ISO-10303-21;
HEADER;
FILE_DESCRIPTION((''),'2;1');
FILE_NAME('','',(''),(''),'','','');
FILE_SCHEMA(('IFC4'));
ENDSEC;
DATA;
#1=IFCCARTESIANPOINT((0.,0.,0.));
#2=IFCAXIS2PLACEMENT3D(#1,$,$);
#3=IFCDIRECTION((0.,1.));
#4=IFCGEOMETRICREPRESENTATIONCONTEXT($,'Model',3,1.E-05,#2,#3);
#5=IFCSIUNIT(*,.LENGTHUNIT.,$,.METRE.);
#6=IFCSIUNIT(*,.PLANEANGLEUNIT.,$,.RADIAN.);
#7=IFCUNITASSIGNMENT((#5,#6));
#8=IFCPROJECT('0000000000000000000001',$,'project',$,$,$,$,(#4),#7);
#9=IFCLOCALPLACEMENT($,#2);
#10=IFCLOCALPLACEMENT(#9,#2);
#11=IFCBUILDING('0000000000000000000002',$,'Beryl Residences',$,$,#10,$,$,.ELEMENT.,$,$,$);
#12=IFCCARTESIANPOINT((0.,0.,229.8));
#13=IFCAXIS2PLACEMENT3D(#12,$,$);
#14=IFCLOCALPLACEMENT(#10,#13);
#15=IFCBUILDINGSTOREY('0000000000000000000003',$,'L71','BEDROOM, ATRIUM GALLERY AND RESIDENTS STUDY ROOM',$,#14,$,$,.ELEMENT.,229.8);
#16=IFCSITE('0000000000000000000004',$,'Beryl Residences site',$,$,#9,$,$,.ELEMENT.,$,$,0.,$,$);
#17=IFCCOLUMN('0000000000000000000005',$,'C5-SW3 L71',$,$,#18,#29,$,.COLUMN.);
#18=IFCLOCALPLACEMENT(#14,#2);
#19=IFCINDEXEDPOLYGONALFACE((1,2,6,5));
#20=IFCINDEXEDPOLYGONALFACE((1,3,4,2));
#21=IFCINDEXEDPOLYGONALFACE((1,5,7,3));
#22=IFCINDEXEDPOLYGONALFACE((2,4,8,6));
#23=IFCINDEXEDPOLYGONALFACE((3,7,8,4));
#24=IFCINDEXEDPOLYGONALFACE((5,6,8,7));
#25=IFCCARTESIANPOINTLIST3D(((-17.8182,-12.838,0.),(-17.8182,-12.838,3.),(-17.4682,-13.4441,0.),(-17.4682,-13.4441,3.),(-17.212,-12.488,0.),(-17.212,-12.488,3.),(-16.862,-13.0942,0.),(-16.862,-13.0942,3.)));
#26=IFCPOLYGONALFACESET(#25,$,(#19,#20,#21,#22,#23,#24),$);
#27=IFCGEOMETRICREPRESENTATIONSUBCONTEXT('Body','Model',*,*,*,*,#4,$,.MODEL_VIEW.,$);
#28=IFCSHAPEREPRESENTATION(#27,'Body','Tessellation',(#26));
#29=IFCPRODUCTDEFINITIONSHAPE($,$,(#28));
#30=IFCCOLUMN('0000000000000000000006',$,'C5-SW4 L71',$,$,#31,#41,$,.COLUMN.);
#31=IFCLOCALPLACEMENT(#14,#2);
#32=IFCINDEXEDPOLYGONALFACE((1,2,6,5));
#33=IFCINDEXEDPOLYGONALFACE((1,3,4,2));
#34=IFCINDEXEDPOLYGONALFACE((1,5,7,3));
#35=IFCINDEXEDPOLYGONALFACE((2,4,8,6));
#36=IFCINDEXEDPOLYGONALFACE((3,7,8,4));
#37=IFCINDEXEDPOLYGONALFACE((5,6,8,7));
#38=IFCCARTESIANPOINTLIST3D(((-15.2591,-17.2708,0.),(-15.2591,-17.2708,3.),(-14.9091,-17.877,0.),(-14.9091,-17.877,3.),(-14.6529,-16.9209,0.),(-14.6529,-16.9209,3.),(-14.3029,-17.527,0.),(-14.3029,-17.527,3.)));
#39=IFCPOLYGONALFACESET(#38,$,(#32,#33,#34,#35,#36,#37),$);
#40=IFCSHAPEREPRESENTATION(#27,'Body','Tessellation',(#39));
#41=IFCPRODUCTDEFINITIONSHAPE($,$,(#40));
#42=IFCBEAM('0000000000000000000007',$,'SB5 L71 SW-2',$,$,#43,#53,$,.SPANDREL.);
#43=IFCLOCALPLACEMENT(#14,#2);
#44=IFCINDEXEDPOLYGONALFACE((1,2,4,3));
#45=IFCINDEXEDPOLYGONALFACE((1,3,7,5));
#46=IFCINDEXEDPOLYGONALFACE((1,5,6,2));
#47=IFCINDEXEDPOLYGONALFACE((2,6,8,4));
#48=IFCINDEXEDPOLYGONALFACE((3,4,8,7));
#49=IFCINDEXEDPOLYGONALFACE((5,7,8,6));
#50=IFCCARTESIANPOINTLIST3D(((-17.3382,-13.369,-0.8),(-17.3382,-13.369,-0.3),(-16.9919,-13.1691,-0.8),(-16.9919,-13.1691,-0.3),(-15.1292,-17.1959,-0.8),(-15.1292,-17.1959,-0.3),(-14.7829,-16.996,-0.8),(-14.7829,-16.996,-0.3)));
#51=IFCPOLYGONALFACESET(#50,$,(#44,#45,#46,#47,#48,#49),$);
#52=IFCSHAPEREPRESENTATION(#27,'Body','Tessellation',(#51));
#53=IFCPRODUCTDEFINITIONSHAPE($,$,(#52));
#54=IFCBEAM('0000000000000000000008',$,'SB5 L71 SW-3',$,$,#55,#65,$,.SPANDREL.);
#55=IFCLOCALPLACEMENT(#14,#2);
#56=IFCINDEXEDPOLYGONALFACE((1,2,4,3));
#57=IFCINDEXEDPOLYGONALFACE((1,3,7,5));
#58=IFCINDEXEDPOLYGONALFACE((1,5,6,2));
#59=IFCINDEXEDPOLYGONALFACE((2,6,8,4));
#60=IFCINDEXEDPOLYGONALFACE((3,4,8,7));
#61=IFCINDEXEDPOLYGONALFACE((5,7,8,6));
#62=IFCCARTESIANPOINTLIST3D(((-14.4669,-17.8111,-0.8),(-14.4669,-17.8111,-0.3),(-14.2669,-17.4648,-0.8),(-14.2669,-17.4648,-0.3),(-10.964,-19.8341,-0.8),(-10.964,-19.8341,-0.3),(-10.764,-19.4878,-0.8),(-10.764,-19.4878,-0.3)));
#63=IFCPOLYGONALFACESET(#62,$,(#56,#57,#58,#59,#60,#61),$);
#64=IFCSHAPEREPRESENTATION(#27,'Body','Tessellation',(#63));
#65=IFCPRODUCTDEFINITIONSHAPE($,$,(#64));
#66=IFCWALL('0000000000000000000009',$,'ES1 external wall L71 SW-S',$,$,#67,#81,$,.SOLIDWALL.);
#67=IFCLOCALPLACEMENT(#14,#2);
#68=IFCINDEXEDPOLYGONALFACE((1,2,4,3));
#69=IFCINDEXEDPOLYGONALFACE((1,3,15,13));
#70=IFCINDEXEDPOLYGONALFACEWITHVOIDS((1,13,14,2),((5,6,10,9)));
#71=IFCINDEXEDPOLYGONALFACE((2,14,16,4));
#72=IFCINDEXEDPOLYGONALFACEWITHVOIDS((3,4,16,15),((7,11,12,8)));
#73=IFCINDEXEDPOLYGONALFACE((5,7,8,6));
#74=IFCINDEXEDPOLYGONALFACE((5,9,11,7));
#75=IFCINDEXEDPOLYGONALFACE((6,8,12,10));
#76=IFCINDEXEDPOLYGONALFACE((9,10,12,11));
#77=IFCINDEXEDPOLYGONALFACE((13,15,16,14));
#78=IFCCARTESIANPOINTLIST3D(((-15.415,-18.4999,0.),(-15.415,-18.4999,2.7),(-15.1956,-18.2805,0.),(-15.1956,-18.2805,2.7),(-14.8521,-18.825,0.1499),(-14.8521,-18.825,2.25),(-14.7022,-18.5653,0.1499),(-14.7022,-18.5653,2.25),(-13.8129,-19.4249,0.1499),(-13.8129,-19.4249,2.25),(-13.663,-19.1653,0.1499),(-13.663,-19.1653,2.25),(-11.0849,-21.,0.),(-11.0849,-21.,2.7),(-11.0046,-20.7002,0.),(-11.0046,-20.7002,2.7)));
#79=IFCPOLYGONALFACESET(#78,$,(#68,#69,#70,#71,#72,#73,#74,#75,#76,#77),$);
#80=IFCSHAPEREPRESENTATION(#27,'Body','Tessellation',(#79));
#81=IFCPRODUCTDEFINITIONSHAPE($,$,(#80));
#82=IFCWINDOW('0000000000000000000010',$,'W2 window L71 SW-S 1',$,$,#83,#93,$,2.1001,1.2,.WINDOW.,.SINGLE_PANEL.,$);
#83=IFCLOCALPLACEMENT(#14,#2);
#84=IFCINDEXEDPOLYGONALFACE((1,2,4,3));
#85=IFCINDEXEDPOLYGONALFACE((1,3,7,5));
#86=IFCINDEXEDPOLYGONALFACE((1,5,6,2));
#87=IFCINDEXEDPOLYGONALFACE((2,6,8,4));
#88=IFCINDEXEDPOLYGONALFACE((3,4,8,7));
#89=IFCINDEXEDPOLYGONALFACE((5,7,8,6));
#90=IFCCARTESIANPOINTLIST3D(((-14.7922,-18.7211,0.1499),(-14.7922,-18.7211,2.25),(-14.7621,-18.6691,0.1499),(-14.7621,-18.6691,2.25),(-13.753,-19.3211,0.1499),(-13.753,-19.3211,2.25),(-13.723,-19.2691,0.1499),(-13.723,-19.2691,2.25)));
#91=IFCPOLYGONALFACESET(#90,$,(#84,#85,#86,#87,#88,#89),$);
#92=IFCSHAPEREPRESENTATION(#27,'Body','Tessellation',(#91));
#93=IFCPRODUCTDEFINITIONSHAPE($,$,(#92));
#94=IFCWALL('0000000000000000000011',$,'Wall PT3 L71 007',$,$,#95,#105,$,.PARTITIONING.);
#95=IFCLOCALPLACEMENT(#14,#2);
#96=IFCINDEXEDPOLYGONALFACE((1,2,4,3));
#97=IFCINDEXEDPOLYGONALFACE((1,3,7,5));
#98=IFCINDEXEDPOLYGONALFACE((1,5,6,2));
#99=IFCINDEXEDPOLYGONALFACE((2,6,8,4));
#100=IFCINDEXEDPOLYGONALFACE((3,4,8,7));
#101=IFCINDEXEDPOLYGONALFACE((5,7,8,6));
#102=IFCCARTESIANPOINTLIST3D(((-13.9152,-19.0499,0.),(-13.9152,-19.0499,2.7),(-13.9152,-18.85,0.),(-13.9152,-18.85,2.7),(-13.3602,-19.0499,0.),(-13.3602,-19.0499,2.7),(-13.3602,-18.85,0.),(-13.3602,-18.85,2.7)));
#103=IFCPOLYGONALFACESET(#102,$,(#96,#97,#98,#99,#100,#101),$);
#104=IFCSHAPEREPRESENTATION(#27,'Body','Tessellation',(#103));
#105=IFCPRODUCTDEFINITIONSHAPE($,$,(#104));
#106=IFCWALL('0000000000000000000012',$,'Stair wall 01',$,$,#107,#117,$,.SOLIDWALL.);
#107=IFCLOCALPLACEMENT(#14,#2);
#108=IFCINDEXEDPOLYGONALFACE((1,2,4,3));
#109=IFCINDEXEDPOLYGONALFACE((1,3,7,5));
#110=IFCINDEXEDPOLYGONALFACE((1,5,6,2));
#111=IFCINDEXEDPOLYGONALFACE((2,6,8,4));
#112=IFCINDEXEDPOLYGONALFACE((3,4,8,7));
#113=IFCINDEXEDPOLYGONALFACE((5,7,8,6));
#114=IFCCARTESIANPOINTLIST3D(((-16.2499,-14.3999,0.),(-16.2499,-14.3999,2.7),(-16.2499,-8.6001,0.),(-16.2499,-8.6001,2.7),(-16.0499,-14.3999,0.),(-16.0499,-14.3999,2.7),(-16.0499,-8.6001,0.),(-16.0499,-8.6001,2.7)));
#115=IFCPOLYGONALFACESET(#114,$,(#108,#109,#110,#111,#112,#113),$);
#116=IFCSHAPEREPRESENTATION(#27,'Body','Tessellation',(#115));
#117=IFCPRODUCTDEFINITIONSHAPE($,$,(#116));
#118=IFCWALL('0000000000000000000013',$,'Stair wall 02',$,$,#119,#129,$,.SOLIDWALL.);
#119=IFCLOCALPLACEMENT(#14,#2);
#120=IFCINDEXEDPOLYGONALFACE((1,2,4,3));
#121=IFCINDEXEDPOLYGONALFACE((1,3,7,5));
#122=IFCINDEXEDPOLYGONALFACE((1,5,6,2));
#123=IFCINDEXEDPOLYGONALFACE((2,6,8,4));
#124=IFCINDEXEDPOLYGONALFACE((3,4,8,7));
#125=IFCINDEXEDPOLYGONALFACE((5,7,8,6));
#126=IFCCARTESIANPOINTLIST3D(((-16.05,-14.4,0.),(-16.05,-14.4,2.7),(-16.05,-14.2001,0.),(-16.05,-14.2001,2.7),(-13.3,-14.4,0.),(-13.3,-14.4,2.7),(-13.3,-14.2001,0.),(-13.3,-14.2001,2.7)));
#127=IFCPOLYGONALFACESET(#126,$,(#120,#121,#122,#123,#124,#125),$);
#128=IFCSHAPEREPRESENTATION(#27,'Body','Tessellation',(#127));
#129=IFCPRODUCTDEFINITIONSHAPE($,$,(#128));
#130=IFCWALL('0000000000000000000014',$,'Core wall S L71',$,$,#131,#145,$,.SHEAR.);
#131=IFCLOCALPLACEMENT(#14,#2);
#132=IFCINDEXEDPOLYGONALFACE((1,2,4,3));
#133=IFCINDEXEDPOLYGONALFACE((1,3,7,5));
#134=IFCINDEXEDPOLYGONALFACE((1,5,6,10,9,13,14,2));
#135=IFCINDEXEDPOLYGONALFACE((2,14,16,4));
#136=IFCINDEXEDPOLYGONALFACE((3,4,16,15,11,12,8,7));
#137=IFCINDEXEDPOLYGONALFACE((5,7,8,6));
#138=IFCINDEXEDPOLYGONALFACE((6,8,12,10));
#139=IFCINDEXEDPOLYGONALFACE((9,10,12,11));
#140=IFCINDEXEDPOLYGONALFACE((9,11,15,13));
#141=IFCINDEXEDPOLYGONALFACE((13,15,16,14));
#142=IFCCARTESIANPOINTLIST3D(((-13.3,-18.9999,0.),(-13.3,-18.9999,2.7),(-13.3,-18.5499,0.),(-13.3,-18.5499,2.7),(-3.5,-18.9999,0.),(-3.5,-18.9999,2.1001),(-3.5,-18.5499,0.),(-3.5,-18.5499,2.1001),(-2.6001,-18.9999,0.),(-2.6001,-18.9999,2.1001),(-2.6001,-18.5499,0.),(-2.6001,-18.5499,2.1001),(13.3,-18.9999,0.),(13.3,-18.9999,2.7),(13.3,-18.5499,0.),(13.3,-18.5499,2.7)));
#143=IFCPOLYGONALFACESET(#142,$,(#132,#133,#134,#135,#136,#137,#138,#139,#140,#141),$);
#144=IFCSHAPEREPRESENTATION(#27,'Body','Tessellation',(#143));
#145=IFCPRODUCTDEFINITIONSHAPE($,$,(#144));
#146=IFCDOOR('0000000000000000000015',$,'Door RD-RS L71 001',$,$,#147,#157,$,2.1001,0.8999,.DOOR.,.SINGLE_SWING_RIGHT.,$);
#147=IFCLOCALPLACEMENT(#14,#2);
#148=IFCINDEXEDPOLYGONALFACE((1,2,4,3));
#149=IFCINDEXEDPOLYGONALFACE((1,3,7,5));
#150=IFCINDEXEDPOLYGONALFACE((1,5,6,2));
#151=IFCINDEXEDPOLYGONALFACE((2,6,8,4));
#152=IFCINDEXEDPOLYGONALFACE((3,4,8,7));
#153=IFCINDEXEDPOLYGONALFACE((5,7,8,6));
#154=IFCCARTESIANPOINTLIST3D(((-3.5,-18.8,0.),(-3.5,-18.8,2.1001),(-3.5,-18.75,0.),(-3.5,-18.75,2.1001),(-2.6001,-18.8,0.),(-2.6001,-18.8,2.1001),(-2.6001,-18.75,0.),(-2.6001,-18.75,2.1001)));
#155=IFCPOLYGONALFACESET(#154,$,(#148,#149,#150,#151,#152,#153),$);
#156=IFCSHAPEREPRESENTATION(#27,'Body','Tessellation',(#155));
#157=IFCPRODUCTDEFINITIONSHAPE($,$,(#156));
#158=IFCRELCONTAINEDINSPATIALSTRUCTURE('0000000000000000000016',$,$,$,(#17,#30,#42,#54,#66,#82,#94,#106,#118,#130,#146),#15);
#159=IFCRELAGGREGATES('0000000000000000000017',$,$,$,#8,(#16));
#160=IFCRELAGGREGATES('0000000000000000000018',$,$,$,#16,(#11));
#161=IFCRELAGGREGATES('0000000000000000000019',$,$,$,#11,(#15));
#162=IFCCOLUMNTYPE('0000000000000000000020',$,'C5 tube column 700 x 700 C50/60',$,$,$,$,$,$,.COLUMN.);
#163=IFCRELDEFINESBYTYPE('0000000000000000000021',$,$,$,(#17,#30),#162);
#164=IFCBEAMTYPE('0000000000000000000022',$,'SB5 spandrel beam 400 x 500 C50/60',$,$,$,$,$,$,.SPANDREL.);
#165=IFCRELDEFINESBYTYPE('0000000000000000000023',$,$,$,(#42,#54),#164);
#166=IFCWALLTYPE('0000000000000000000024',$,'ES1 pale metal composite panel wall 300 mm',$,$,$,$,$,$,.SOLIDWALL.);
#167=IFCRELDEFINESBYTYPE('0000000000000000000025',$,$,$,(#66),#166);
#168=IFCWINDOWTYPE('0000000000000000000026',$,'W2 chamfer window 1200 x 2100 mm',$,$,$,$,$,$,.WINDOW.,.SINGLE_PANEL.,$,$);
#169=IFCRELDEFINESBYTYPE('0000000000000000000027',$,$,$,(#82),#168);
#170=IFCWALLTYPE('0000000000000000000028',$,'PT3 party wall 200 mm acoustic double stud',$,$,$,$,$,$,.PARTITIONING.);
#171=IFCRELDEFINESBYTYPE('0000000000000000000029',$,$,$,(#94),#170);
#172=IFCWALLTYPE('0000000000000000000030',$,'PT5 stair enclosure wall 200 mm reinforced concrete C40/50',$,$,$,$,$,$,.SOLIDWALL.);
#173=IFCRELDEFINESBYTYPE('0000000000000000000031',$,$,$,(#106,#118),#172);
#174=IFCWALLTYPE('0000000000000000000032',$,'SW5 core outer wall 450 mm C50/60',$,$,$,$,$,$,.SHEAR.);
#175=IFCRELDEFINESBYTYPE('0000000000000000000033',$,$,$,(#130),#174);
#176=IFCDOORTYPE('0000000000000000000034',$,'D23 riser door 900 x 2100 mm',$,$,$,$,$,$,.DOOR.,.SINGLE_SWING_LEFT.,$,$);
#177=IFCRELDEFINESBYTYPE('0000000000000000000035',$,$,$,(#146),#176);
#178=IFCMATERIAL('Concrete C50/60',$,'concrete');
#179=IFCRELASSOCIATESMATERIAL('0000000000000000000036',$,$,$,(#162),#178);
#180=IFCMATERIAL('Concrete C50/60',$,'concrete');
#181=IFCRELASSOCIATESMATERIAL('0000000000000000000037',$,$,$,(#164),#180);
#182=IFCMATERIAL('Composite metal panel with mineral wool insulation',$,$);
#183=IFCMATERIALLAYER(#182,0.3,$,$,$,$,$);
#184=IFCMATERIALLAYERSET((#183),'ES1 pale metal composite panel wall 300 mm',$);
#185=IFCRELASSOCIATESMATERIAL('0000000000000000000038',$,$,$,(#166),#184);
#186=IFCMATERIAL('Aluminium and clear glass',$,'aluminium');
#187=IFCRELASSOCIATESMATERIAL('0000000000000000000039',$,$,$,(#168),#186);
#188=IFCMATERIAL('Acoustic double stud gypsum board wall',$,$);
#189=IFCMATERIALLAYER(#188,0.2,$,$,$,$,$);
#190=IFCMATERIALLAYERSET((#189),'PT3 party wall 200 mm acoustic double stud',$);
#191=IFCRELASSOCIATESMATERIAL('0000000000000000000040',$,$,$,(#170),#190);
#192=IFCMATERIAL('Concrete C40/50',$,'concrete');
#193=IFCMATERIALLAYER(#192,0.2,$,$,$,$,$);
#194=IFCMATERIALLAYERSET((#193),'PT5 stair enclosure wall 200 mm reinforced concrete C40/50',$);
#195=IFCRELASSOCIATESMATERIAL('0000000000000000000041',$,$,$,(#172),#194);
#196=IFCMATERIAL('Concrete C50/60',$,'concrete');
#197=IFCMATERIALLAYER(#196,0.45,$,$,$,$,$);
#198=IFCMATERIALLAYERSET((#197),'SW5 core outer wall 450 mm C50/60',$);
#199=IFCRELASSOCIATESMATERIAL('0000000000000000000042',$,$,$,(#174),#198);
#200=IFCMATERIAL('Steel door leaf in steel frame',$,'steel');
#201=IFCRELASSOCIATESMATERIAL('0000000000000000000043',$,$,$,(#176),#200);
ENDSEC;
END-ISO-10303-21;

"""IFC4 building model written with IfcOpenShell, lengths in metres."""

from ifc_helpers import new_model, si_unit, direction, frame, frame_2d, origin, origin_2d, place, context, subcontext, project, spatial, polyline, rectangle, outline, extrude, material, layer, layer_set, material_profile, profile_set, type_object, element, fill, save


model = new_model("IFC4")

# Units and contexts
model_context = context("Model", 3, precision=1e-05, world=origin(), true_north=direction((0.0, 1.0)))
body_context = subcontext(model_context, "Body", "Model", "MODEL_VIEW")
ifc_project = project(units=[si_unit("LENGTHUNIT", "METRE"), si_unit("PLANEANGLEUNIT", "RADIAN")], contexts=[model_context])

# Site, building, storey
site_placement = place(None, origin())
site = spatial("IfcSite", under=ifc_project, at=site_placement, Name="Beryl Residences site", CompositionType="ELEMENT", RefElevation=0.0)
building_placement = place(site_placement, origin())
building = spatial("IfcBuilding", under=site, at=building_placement, Name="Beryl Residences", CompositionType="ELEMENT")
storey_placement = place(building_placement, frame((0.0, 0.0, 229.8)))
storey = spatial("IfcBuildingStorey", under=building, at=storey_placement, Name="L71", Description="BEDROOM, ATRIUM GALLERY AND RESIDENTS STUDY ROOM", CompositionType="ELEMENT", Elevation=229.8)

# Columns
ifc_material_1 = material(Name="Concrete C50/60", Category="concrete")
ifc_material_profile_1 = material_profile(ifc_material_1, rectangle(XDim=0.7, YDim=0.7, at=origin_2d()))
ifc_profile_set_1 = profile_set([ifc_material_profile_1], Name="Concrete C50/60")
column_type = type_object("IfcColumnType", Name="C5 tube column 700 x 700 C50/60", PredefinedType="COLUMN", material=ifc_profile_set_1)
for number, where, z_axis, x_axis, name in (
    (1, (-17.3401, -12.9661, 0.0), (0.0, 0.0, 1.0), (0.499985, -0.866034, 0.0), "C5-SW3 L71"),
    (2, (-14.781, -17.3989, 0.0), (0.0, 0.0, 1.0), (0.499985, -0.866034, 0.0), "C5-SW4 L71"),
):
    element("IfcColumn", number, at=place(storey_placement, frame(where, z_axis=z_axis, x_axis=x_axis)), inside=storey, type_object=column_type, Name=name, PredefinedType="COLUMN", context=body_context, shape_type="SweptSolid", body=[
        extrude(rectangle(XDim=0.7, YDim=0.7, at=origin_2d()), origin(), (0.0, 0.0, 1.0), 3.0),
    ])

# Beams
ifc_material_2 = material(Name="Concrete C50/60", Category="concrete")
ifc_material_profile_2 = material_profile(ifc_material_2, rectangle(XDim=0.3999, YDim=0.5, at=origin_2d()))
ifc_profile_set_2 = profile_set([ifc_material_profile_2], Name="Concrete C50/60")
beam_type = type_object("IfcBeamType", Name="SB5 spandrel beam 400 x 500 C50/60", PredefinedType="SPANDREL", material=ifc_profile_set_2)
beam_1_placement = place(storey_placement, frame((-17.165, -13.269, -0.55), z_axis=(0.499919, -0.866072, 0.0), x_axis=(0.866072, 0.499919, 0.0)))
element("IfcBeam", 3, at=beam_1_placement, inside=storey, type_object=beam_type, Name="SB5 L71 SW-2", PredefinedType="SPANDREL", context=body_context, shape_type="SweptSolid", body=[
    extrude(rectangle(XDim=0.3999, YDim=0.5, at=origin_2d()), origin(), (0.0, 0.0, 1.0), 4.4187),
])
beam_2_placement = place(storey_placement, frame((-14.3669, -17.6379, -0.55), z_axis=(0.865968, -0.500099, 0.0), x_axis=(0.500099, 0.865968, 0.0)))
element("IfcBeam", 4, at=beam_2_placement, inside=storey, type_object=beam_type, Name="SB5 L71 SW-3", PredefinedType="SPANDREL", context=body_context, shape_type="SweptSolid", body=[
    extrude(rectangle(XDim=0.3999, YDim=0.5, at=origin_2d()), origin(), (0.0, 0.0, 1.0), 4.0452),
])

# Wall, opening, window
ifc_material_3 = material(Name="Composite metal panel with mineral wool insulation")
ifc_layer_1 = layer(ifc_material_3, 0.3)
ifc_layer_set_1 = layer_set([ifc_layer_1], Name="ES1 pale metal composite panel wall 300 mm")
wall_type_1 = type_object("IfcWallType", Name="ES1 pale metal composite panel wall 300 mm", PredefinedType="SOLIDWALL", material=ifc_layer_set_1)
wall_1_placement = place(storey_placement, frame((-15.3401, -18.3701, 0.0), z_axis=(0.0, 0.0, 1.0), x_axis=(0.866023, -0.500004, 0.0)))
wall_1 = element("IfcWall", 5, at=wall_1_placement, inside=storey, type_object=wall_type_1, Name="ES1 external wall L71 SW-S", PredefinedType="SOLIDWALL", context=body_context, shape_type="SweptSolid", body=[
    extrude(outline(polyline([(0.0, -0.1499), (5.0, -0.1499), (4.9197, 0.1499), (0.0803, 0.1499), (0.0, -0.1499)])), origin(), (0.0, 0.0, 1.0), 2.7),
])
opening_1_placement = place(wall_1_placement, frame((0.6499, 0.0, 0.1499)))
opening_1 = element("IfcOpeningElement", 6, at=opening_1_placement, cuts=wall_1, PredefinedType="OPENING", context=body_context, shape_type="SweptSolid", body=[
    extrude(rectangle(XDim=1.2, YDim=2.1001, at=frame_2d((0.6001, 1.05))), frame((0.0, 0.1599, 0.0), z_axis=(0.0, -1.0, 0.0), x_axis=(1.0, 0.0, 0.0)), (0.0, 0.0, 1.0), 0.3201),
])
ifc_material_4 = material(Name="Aluminium and clear glass", Category="aluminium")
window_type = type_object("IfcWindowType", Name="W2 chamfer window 1200 x 2100 mm", PartitioningType="SINGLE_PANEL", PredefinedType="WINDOW", material=ifc_material_4)
window_placement = place(opening_1_placement, origin())
window = element("IfcWindow", 7, at=window_placement, inside=storey, type_object=window_type, Name="W2 window L71 SW-S 1", OverallHeight=2.1001, OverallWidth=1.2, PartitioningType="SINGLE_PANEL", PredefinedType="WINDOW", context=body_context, shape_type="SweptSolid", body=[
    extrude(rectangle(XDim=1.2, YDim=2.1001, at=frame_2d((0.6001, 1.05))), frame((0.0, 0.03, 0.0), z_axis=(0.0, -1.0, 0.0), x_axis=(1.0, 0.0, 0.0)), (0.0, 0.0, 1.0), 0.0601),
])
fill(opening_1, window)

# Walls
ifc_material_5 = material(Name="Acoustic double stud gypsum board wall")
ifc_layer_2 = layer(ifc_material_5, 0.2)
ifc_layer_set_2 = layer_set([ifc_layer_2], Name="PT3 party wall 200 mm acoustic double stud")
wall_type_2 = type_object("IfcWallType", Name="PT3 party wall 200 mm acoustic double stud", PredefinedType="PARTITIONING", material=ifc_layer_set_2)
wall_2_placement = place(storey_placement, frame((-13.915, -18.95, 0.0), z_axis=(0.0, 0.0, 1.0), x_axis=(1.0, 0.0, 0.0)))
element("IfcWall", 8, at=wall_2_placement, inside=storey, type_object=wall_type_2, Name="Wall PT3 L71 007", PredefinedType="PARTITIONING", context=body_context, shape_type="SweptSolid", body=[
    extrude(rectangle(XDim=0.5549, YDim=0.2, at=frame_2d((0.2773, 0.0))), origin(), (0.0, 0.0, 1.0), 2.7),
])
ifc_material_6 = material(Name="Concrete C40/50", Category="concrete")
ifc_layer_3 = layer(ifc_material_6, 0.2)
ifc_layer_set_3 = layer_set([ifc_layer_3], Name="PT5 stair enclosure wall 200 mm reinforced concrete C40/50")
wall_type_3 = type_object("IfcWallType", Name="PT5 stair enclosure wall 200 mm reinforced concrete C40/50", PredefinedType="SOLIDWALL", material=ifc_layer_set_3)
wall_3_placement = place(storey_placement, frame((-16.1499, -14.3999, 0.0), z_axis=(0.0, 0.0, 1.0), x_axis=(0.0, 1.0, 0.0)))
element("IfcWall", 9, at=wall_3_placement, inside=storey, type_object=wall_type_3, Name="Stair wall 01", PredefinedType="SOLIDWALL", context=body_context, shape_type="SweptSolid", body=[
    extrude(rectangle(XDim=5.7998, YDim=0.2, at=frame_2d((2.8999, 0.0))), origin(), (0.0, 0.0, 1.0), 2.7),
])
wall_4_placement = place(storey_placement, frame((-16.05, -14.3, 0.0), z_axis=(0.0, 0.0, 1.0), x_axis=(1.0, 0.0, 0.0)))
element("IfcWall", 10, at=wall_4_placement, inside=storey, type_object=wall_type_3, Name="Stair wall 02", PredefinedType="SOLIDWALL", context=body_context, shape_type="SweptSolid", body=[
    extrude(rectangle(XDim=2.75, YDim=0.2, at=frame_2d((1.375, 0.0))), origin(), (0.0, 0.0, 1.0), 2.7),
])

# Wall, opening, door
ifc_material_7 = material(Name="Concrete C50/60", Category="concrete")
ifc_layer_4 = layer(ifc_material_7, 0.45)
ifc_layer_set_4 = layer_set([ifc_layer_4], Name="SW5 core outer wall 450 mm C50/60")
wall_type_4 = type_object("IfcWallType", Name="SW5 core outer wall 450 mm C50/60", PredefinedType="SHEAR", material=ifc_layer_set_4)
wall_5_placement = place(storey_placement, frame((-13.3, -18.7749, 0.0), z_axis=(0.0, 0.0, 1.0), x_axis=(1.0, 0.0, 0.0)))
wall_5 = element("IfcWall", 11, at=wall_5_placement, inside=storey, type_object=wall_type_4, Name="Core wall S L71", PredefinedType="SHEAR", context=body_context, shape_type="SweptSolid", body=[
    extrude(rectangle(XDim=26.6001, YDim=0.45, at=frame_2d((13.3, 0.0))), origin(), (0.0, 0.0, 1.0), 2.7),
])
opening_2_placement = place(wall_5_placement, frame((9.8, 0.0, 0.0)))
opening_2 = element("IfcOpeningElement", 12, at=opening_2_placement, cuts=wall_5, PredefinedType="OPENING", context=body_context, shape_type="SweptSolid", body=[
    extrude(rectangle(XDim=0.8999, YDim=2.1001, at=frame_2d((0.45, 1.05))), frame((0.0, 0.2349, 0.0), z_axis=(0.0, -1.0, 0.0), x_axis=(1.0, 0.0, 0.0)), (0.0, 0.0, 1.0), 0.47),
])
ifc_material_8 = material(Name="Steel door leaf in steel frame", Category="steel")
door_type_1 = type_object("IfcDoorType", Name="D23 riser door 900 x 2100 mm", OperationType="SINGLE_SWING_LEFT", PredefinedType="DOOR", material=ifc_material_8)
door_1_placement = place(opening_2_placement, origin())
door_1 = element("IfcDoor", 13, at=door_1_placement, inside=storey, type_object=door_type_1, Name="Door RD-RS L71 001", OperationType="SINGLE_SWING_RIGHT", OverallHeight=2.1001, OverallWidth=0.8999, PredefinedType="DOOR", context=body_context, shape_type="SweptSolid", body=[
    extrude(rectangle(XDim=0.8999, YDim=2.1001, at=frame_2d((0.45, 1.05))), frame((0.0, 0.0249, 0.0), z_axis=(0.0, -1.0, 0.0), x_axis=(1.0, 0.0, 0.0)), (0.0, 0.0, 1.0), 0.05),
])
fill(opening_2, door_1)

save(model, "model.ifc")
